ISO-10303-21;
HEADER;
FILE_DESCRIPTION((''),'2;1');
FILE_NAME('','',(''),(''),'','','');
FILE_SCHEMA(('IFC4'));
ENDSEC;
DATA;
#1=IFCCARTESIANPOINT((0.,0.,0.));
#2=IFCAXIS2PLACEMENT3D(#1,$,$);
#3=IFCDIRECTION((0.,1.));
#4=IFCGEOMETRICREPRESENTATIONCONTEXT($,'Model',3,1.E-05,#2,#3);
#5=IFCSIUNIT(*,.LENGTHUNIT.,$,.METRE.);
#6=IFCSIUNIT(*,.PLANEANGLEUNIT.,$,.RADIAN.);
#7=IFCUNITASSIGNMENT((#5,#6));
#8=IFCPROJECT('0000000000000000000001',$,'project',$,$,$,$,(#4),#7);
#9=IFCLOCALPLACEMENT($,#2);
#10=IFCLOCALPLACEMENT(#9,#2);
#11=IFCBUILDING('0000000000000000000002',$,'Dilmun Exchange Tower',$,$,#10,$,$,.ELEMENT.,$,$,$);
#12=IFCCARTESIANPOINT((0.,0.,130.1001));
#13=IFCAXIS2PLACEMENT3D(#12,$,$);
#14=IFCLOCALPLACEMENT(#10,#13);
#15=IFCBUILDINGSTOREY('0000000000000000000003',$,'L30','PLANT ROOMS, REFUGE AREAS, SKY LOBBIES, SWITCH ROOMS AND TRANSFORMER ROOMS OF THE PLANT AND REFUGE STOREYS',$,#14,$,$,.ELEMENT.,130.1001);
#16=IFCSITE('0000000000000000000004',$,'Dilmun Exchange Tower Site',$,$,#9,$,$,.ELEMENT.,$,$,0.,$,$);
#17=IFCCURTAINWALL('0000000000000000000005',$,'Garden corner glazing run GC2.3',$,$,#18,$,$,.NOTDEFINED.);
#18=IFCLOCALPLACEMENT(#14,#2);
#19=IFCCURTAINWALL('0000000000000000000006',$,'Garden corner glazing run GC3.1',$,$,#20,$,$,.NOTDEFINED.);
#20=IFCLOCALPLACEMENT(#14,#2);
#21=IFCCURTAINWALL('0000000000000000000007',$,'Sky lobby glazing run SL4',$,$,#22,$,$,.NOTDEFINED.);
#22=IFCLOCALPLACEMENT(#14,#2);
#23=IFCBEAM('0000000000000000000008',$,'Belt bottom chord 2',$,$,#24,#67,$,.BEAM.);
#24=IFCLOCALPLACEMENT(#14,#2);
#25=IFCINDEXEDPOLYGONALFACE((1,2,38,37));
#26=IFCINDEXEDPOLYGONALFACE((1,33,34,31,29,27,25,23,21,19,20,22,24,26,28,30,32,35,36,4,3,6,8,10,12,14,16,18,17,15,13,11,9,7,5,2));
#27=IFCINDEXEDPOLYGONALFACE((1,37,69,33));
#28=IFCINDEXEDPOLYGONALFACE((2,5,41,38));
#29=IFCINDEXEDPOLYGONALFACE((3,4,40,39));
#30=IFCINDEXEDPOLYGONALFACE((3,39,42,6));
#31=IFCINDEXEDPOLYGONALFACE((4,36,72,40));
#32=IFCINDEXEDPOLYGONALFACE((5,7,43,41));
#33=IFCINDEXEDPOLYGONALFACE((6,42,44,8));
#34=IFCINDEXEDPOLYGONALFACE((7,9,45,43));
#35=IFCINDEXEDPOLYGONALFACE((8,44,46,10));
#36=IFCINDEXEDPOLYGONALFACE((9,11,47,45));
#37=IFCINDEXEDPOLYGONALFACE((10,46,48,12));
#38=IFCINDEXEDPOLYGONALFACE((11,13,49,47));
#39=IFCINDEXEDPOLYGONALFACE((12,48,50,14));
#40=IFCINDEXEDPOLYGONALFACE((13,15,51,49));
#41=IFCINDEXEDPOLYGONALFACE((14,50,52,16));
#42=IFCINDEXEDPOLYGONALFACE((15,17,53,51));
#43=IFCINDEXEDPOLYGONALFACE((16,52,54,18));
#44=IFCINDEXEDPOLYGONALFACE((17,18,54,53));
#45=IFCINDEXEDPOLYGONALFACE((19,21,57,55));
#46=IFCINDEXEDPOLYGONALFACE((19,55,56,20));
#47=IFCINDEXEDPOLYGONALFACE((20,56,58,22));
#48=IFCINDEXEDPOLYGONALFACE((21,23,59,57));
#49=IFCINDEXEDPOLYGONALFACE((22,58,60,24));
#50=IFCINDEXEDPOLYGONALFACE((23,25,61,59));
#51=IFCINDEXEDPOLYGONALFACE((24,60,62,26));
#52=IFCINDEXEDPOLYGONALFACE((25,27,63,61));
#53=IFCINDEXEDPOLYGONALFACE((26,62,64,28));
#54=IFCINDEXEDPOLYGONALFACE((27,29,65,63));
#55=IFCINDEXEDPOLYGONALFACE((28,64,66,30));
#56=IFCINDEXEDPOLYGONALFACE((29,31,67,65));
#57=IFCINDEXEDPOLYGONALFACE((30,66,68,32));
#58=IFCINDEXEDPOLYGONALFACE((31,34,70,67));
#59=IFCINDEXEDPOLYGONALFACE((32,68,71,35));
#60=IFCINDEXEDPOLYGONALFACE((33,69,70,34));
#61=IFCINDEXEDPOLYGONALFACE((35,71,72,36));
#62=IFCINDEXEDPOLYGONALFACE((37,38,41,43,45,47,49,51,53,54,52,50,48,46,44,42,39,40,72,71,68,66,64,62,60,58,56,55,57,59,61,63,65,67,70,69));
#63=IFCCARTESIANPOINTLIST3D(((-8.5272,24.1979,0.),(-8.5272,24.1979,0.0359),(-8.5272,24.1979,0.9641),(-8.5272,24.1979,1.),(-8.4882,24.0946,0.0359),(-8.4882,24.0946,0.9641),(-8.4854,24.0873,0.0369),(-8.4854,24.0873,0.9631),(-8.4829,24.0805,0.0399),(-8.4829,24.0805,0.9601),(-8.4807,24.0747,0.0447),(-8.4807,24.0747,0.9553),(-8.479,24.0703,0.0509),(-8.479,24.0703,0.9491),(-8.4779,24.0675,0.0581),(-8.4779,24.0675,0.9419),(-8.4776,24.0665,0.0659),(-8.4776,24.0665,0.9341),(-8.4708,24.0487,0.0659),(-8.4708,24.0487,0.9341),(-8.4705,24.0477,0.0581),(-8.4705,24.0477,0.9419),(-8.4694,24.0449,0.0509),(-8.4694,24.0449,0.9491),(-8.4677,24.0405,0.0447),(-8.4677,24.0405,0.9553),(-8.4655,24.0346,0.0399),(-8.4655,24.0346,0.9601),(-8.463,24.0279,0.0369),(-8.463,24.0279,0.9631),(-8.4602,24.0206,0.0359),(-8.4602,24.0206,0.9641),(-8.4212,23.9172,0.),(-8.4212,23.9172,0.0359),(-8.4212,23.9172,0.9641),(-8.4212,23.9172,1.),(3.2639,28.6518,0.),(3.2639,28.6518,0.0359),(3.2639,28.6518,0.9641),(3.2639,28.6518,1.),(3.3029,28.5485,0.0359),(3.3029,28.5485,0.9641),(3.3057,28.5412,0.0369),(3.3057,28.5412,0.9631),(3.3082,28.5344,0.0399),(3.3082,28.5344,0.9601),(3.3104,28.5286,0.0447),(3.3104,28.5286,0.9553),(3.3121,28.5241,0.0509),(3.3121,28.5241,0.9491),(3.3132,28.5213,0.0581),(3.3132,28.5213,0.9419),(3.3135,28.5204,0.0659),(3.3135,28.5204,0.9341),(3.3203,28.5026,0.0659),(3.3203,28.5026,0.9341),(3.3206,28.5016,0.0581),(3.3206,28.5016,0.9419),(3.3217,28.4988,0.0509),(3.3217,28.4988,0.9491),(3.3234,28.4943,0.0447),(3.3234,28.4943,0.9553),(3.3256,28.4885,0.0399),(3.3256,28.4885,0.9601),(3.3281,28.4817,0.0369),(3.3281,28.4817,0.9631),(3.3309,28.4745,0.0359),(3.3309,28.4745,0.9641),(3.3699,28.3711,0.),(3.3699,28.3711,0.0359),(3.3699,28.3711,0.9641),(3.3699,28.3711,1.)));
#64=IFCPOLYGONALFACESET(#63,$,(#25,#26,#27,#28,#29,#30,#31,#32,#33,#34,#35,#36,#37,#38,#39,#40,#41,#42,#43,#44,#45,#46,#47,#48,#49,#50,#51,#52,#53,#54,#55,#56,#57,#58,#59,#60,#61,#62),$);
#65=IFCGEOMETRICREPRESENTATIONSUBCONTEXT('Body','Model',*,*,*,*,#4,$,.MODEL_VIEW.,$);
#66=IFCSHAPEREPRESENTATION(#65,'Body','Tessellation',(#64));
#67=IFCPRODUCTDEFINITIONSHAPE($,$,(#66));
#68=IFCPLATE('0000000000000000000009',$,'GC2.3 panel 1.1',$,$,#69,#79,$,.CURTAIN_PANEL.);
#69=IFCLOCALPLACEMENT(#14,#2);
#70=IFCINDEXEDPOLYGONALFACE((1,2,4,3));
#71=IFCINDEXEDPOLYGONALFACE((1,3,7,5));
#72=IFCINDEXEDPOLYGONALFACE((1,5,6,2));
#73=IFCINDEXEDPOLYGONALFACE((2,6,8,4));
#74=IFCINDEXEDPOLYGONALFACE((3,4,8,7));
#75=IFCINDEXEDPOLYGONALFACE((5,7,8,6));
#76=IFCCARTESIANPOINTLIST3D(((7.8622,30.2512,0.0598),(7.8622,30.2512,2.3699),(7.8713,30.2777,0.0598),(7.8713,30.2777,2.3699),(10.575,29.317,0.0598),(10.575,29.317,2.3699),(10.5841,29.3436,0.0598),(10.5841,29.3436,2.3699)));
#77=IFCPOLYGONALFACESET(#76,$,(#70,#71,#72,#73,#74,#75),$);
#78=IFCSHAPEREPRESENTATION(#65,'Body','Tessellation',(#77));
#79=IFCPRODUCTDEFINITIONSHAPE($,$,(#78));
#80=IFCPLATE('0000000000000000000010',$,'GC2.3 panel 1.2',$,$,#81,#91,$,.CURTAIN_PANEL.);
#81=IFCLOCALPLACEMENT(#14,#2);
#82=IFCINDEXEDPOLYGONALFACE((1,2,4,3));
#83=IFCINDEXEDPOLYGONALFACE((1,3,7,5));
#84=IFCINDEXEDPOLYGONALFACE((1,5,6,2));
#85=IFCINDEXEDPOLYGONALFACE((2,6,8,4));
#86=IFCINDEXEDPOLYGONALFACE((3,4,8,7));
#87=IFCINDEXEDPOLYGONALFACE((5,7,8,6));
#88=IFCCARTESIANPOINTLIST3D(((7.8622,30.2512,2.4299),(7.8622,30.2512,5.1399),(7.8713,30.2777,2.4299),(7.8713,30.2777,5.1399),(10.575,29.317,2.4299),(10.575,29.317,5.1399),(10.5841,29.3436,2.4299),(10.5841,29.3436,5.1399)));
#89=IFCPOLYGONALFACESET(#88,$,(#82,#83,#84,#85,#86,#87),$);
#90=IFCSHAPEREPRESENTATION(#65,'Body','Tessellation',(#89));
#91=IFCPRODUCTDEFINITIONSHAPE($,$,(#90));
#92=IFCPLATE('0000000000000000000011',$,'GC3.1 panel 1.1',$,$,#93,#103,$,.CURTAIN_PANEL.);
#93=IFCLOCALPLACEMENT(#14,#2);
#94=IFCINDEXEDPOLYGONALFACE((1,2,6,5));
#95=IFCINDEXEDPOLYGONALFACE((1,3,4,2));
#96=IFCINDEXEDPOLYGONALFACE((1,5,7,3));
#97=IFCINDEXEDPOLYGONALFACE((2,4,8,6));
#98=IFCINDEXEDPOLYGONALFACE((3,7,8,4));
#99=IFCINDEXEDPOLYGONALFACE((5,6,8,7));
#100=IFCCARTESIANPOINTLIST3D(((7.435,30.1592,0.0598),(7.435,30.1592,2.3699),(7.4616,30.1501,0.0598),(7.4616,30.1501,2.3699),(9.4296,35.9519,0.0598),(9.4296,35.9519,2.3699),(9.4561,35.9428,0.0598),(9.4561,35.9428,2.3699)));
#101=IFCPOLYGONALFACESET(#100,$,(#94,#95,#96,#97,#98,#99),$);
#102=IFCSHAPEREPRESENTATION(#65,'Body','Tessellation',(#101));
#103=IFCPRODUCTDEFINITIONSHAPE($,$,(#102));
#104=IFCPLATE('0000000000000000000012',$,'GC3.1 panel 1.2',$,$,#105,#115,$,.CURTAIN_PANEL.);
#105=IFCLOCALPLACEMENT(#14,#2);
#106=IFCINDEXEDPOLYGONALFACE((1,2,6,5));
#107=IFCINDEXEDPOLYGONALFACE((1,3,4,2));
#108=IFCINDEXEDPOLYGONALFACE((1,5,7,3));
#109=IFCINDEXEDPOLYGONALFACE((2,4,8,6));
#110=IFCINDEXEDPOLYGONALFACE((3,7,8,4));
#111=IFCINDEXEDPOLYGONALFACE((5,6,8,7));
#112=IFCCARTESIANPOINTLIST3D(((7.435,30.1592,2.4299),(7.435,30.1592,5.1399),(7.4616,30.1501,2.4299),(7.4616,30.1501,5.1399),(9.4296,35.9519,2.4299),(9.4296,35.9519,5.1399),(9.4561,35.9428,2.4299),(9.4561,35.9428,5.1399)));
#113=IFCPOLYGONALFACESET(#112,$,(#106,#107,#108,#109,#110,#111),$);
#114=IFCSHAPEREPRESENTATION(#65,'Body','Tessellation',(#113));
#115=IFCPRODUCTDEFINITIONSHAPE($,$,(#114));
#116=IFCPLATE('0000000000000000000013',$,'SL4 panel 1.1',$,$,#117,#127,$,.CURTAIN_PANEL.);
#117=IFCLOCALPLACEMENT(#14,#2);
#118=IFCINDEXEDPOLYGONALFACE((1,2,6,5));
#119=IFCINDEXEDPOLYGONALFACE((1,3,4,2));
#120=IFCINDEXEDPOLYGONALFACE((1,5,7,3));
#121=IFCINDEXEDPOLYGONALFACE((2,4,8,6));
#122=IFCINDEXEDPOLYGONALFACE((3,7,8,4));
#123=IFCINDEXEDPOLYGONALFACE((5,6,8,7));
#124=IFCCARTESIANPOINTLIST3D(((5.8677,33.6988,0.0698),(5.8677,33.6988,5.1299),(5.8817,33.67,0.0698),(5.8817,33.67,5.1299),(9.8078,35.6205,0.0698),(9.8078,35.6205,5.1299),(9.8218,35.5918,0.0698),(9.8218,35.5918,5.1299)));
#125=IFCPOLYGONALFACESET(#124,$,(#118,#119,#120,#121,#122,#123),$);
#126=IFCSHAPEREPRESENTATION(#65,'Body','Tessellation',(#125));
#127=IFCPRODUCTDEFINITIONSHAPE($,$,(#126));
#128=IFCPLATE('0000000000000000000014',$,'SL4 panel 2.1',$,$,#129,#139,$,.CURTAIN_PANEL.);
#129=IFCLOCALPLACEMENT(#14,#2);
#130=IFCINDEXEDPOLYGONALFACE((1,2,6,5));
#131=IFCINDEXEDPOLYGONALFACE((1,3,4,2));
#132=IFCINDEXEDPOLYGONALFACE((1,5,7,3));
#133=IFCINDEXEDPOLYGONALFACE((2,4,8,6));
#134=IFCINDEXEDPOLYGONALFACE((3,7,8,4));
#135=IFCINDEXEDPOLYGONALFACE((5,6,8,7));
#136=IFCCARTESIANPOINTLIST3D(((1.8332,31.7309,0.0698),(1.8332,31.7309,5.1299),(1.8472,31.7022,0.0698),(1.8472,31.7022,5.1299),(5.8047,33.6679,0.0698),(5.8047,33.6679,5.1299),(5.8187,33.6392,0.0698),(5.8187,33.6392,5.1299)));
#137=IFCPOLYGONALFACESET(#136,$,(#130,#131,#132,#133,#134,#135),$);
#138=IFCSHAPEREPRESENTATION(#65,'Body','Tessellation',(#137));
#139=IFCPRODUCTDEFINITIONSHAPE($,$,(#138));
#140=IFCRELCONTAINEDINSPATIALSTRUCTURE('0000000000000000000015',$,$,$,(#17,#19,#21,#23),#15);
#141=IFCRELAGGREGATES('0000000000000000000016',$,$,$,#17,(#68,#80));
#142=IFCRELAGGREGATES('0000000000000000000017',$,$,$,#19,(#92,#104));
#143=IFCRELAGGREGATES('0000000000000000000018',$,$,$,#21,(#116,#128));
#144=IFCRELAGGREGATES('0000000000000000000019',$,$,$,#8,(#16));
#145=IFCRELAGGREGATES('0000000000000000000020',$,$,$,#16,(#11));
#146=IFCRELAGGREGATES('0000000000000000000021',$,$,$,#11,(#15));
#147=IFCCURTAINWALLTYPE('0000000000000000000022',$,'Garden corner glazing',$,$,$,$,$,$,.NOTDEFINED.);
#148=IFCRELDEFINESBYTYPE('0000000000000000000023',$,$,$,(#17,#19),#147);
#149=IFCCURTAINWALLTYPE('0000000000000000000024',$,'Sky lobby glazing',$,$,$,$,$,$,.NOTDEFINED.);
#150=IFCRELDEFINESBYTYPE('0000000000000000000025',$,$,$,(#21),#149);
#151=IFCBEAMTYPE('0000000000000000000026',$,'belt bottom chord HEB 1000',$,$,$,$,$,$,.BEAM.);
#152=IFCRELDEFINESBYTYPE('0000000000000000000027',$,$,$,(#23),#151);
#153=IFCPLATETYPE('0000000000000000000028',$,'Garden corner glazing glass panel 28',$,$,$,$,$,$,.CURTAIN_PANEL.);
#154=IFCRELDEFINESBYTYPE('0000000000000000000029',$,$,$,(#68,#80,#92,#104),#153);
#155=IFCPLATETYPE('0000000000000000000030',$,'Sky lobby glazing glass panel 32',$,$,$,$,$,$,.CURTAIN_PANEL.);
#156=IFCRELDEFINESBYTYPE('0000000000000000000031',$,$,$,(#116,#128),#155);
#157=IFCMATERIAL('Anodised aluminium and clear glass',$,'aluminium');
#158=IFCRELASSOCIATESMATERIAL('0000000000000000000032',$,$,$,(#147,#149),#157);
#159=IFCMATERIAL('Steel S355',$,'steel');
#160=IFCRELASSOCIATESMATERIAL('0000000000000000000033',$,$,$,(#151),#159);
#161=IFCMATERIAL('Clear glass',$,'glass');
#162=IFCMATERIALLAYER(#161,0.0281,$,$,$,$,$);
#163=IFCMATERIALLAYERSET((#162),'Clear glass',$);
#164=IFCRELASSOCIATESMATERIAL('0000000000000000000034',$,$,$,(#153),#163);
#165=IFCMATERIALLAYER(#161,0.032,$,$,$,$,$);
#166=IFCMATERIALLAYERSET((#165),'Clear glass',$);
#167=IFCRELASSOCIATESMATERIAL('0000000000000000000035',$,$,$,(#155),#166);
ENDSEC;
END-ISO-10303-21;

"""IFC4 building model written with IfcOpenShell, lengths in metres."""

from ifc_helpers import new_model, si_unit, direction, frame, origin, origin_2d, place, context, subcontext, project, spatial, rectangle, i_section, extrude, material, layer, layer_set, material_profile, profile_set, type_object, element, aggregate, save


model = new_model("IFC4")

# Units and contexts
model_context = context("Model", 3, precision=1e-05, world=origin(), true_north=direction((0.0, 1.0)))
body_context = subcontext(model_context, "Body", "Model", "MODEL_VIEW")
ifc_project = project(units=[si_unit("LENGTHUNIT", "METRE"), si_unit("PLANEANGLEUNIT", "RADIAN")], contexts=[model_context])

# Site, building, storey
site_placement = place(None, origin())
site = spatial("IfcSite", under=ifc_project, at=site_placement, Name="Dilmun Exchange Tower Site", CompositionType="ELEMENT", RefElevation=0.0)
building_placement = place(site_placement, origin())
building = spatial("IfcBuilding", under=site, at=building_placement, Name="Dilmun Exchange Tower", CompositionType="ELEMENT")
storey_placement = place(building_placement, frame((0.0, 0.0, 130.1001)))
storey = spatial("IfcBuildingStorey", under=building, at=storey_placement, Name="L30", Description="PLANT ROOMS, REFUGE AREAS, SKY LOBBIES, SWITCH ROOMS AND TRANSFORMER ROOMS OF THE PLANT AND REFUGE STOREYS", CompositionType="ELEMENT", Elevation=130.1001)

# Curtain wall
ifc_material_1 = material(Name="Anodised aluminium and clear glass", Category="aluminium")
curtain_wall_type_1 = type_object("IfcCurtainWallType", Name="Garden corner glazing", PredefinedType="NOTDEFINED", material=ifc_material_1)
curtain_wall_1_placement = place(storey_placement, origin())
curtain_wall_1 = element("IfcCurtainWall", 1, at=curtain_wall_1_placement, inside=storey, type_object=curtain_wall_type_1, Name="Garden corner glazing run GC2.3", PredefinedType="NOTDEFINED")

# Curtain wall
curtain_wall_2_placement = place(storey_placement, origin())
curtain_wall_2 = element("IfcCurtainWall", 2, at=curtain_wall_2_placement, inside=storey, type_object=curtain_wall_type_1, Name="Garden corner glazing run GC3.1", PredefinedType="NOTDEFINED")

# Curtain wall
curtain_wall_type_2 = type_object("IfcCurtainWallType", Name="Sky lobby glazing", PredefinedType="NOTDEFINED", material=ifc_material_1)
curtain_wall_3_placement = place(storey_placement, origin())
curtain_wall_3 = element("IfcCurtainWall", 3, at=curtain_wall_3_placement, inside=storey, type_object=curtain_wall_type_2, Name="Sky lobby glazing run SL4", PredefinedType="NOTDEFINED")

# Beam
ifc_material_2 = material(Name="Steel S355", Category="steel")
ifc_material_profile_1 = material_profile(ifc_material_2, i_section(OverallWidth=0.3, OverallDepth=1.0, WebThickness=0.019, FlangeThickness=0.0359, FilletRadius=0.03, at=origin_2d()), Name="HEB 1000")
ifc_profile_set_1 = profile_set([ifc_material_profile_1], Name="Steel S355")
beam_type_1 = type_object("IfcBeamType", Name="belt bottom chord HEB 1000", PredefinedType="BEAM", material=ifc_profile_set_1)
beam_1_placement = place(storey_placement, frame((3.3169, 28.5115, 0.5), z_axis=(-0.935486, -0.353364, 0.0), x_axis=(0.353364, -0.935486, 0.0)))
element("IfcBeam", 4, at=beam_1_placement, inside=storey, type_object=beam_type_1, Name="Belt bottom chord 2", PredefinedType="BEAM", context=body_context, shape_type="SweptSolid", body=[
    extrude(i_section(OverallWidth=0.3, OverallDepth=1.0, WebThickness=0.019, FlangeThickness=0.0359, FilletRadius=0.03, at=origin_2d()), origin(), (0.0, 0.0, 1.0), 12.6042),
])

# Plates
ifc_material_3 = material(Name="Clear glass", Category="glass")
ifc_layer_1 = layer(ifc_material_3, 0.0281)
ifc_layer_set_1 = layer_set([ifc_layer_1], Name="Clear glass")
plate_type_1 = type_object("IfcPlateType", Name="Garden corner glazing glass panel 28", PredefinedType="CURTAIN_PANEL", material=ifc_layer_set_1)
plate_1_placement = place(storey_placement, frame((9.2231, 29.7974, 0.0598), z_axis=(0.0, 0.0, 1.0), x_axis=(-0.945512, 0.325586, 0.0)))
plate_1 = element("IfcPlate", 5, at=plate_1_placement, type_object=plate_type_1, Name="GC2.3 panel 1.1", PredefinedType="CURTAIN_PANEL", context=body_context, shape_type="SweptSolid", body=[
    extrude(rectangle(XDim=2.8691, YDim=0.0281, at=origin_2d()), origin(), (0.0, 0.0, 1.0), 2.3101),
])
plate_2_placement = place(storey_placement, frame((9.2231, 29.7974, 2.4299), z_axis=(0.0, 0.0, 1.0), x_axis=(-0.945512, 0.325586, 0.0)))
plate_2 = element("IfcPlate", 6, at=plate_2_placement, type_object=plate_type_1, Name="GC2.3 panel 1.2", PredefinedType="CURTAIN_PANEL", context=body_context, shape_type="SweptSolid", body=[
    extrude(rectangle(XDim=2.8691, YDim=0.0281, at=origin_2d()), origin(), (0.0, 0.0, 1.0), 2.71),
])
aggregate(curtain_wall_1, [plate_1, plate_2])
plate_3_placement = place(storey_placement, frame((8.4456, 33.051, 0.0598), z_axis=(0.0, 0.0, 1.0), x_axis=(0.325563, 0.94552, 0.0)))
plate_3 = element("IfcPlate", 7, at=plate_3_placement, type_object=plate_type_1, Name="GC3.1 panel 1.1", PredefinedType="CURTAIN_PANEL", context=body_context, shape_type="SweptSolid", body=[
    extrude(rectangle(XDim=6.1265, YDim=0.0281, at=origin_2d()), origin(), (0.0, 0.0, 1.0), 2.3101),
])
plate_4_placement = place(storey_placement, frame((8.4456, 33.051, 2.4299), z_axis=(0.0, 0.0, 1.0), x_axis=(0.325563, 0.94552, 0.0)))
plate_4 = element("IfcPlate", 8, at=plate_4_placement, type_object=plate_type_1, Name="GC3.1 panel 1.2", PredefinedType="CURTAIN_PANEL", context=body_context, shape_type="SweptSolid", body=[
    extrude(rectangle(XDim=6.1265, YDim=0.0281, at=origin_2d()), origin(), (0.0, 0.0, 1.0), 2.71),
])
aggregate(curtain_wall_2, [plate_3, plate_4])
ifc_layer_2 = layer(ifc_material_3, 0.032)
ifc_layer_set_2 = layer_set([ifc_layer_2], Name="Clear glass")
plate_type_2 = type_object("IfcPlateType", Name="Sky lobby glazing glass panel 32", PredefinedType="CURTAIN_PANEL", material=ifc_layer_set_2)
plate_5_placement = place(storey_placement, frame((7.8447, 34.6453, 0.0698), z_axis=(0.0, 0.0, 1.0), x_axis=(-0.898794, -0.438371, 0.0)))
plate_5 = element("IfcPlate", 9, at=plate_5_placement, type_object=plate_type_2, Name="SL4 panel 1.1", PredefinedType="CURTAIN_PANEL", context=body_context, shape_type="SweptSolid", body=[
    extrude(rectangle(XDim=4.3838, YDim=0.032, at=origin_2d()), origin(), (0.0, 0.0, 1.0), 5.0601),
])
plate_6_placement = place(storey_placement, frame((3.8259, 32.6851, 0.0698), z_axis=(0.0, 0.0, 1.0), x_axis=(-0.898794, -0.438371, 0.0)))
plate_6 = element("IfcPlate", 10, at=plate_6_placement, type_object=plate_type_2, Name="SL4 panel 2.1", PredefinedType="CURTAIN_PANEL", context=body_context, shape_type="SweptSolid", body=[
    extrude(rectangle(XDim=4.4187, YDim=0.032, at=origin_2d()), origin(), (0.0, 0.0, 1.0), 5.0601),
])
aggregate(curtain_wall_3, [plate_5, plate_6])

save(model, "model.ifc")
